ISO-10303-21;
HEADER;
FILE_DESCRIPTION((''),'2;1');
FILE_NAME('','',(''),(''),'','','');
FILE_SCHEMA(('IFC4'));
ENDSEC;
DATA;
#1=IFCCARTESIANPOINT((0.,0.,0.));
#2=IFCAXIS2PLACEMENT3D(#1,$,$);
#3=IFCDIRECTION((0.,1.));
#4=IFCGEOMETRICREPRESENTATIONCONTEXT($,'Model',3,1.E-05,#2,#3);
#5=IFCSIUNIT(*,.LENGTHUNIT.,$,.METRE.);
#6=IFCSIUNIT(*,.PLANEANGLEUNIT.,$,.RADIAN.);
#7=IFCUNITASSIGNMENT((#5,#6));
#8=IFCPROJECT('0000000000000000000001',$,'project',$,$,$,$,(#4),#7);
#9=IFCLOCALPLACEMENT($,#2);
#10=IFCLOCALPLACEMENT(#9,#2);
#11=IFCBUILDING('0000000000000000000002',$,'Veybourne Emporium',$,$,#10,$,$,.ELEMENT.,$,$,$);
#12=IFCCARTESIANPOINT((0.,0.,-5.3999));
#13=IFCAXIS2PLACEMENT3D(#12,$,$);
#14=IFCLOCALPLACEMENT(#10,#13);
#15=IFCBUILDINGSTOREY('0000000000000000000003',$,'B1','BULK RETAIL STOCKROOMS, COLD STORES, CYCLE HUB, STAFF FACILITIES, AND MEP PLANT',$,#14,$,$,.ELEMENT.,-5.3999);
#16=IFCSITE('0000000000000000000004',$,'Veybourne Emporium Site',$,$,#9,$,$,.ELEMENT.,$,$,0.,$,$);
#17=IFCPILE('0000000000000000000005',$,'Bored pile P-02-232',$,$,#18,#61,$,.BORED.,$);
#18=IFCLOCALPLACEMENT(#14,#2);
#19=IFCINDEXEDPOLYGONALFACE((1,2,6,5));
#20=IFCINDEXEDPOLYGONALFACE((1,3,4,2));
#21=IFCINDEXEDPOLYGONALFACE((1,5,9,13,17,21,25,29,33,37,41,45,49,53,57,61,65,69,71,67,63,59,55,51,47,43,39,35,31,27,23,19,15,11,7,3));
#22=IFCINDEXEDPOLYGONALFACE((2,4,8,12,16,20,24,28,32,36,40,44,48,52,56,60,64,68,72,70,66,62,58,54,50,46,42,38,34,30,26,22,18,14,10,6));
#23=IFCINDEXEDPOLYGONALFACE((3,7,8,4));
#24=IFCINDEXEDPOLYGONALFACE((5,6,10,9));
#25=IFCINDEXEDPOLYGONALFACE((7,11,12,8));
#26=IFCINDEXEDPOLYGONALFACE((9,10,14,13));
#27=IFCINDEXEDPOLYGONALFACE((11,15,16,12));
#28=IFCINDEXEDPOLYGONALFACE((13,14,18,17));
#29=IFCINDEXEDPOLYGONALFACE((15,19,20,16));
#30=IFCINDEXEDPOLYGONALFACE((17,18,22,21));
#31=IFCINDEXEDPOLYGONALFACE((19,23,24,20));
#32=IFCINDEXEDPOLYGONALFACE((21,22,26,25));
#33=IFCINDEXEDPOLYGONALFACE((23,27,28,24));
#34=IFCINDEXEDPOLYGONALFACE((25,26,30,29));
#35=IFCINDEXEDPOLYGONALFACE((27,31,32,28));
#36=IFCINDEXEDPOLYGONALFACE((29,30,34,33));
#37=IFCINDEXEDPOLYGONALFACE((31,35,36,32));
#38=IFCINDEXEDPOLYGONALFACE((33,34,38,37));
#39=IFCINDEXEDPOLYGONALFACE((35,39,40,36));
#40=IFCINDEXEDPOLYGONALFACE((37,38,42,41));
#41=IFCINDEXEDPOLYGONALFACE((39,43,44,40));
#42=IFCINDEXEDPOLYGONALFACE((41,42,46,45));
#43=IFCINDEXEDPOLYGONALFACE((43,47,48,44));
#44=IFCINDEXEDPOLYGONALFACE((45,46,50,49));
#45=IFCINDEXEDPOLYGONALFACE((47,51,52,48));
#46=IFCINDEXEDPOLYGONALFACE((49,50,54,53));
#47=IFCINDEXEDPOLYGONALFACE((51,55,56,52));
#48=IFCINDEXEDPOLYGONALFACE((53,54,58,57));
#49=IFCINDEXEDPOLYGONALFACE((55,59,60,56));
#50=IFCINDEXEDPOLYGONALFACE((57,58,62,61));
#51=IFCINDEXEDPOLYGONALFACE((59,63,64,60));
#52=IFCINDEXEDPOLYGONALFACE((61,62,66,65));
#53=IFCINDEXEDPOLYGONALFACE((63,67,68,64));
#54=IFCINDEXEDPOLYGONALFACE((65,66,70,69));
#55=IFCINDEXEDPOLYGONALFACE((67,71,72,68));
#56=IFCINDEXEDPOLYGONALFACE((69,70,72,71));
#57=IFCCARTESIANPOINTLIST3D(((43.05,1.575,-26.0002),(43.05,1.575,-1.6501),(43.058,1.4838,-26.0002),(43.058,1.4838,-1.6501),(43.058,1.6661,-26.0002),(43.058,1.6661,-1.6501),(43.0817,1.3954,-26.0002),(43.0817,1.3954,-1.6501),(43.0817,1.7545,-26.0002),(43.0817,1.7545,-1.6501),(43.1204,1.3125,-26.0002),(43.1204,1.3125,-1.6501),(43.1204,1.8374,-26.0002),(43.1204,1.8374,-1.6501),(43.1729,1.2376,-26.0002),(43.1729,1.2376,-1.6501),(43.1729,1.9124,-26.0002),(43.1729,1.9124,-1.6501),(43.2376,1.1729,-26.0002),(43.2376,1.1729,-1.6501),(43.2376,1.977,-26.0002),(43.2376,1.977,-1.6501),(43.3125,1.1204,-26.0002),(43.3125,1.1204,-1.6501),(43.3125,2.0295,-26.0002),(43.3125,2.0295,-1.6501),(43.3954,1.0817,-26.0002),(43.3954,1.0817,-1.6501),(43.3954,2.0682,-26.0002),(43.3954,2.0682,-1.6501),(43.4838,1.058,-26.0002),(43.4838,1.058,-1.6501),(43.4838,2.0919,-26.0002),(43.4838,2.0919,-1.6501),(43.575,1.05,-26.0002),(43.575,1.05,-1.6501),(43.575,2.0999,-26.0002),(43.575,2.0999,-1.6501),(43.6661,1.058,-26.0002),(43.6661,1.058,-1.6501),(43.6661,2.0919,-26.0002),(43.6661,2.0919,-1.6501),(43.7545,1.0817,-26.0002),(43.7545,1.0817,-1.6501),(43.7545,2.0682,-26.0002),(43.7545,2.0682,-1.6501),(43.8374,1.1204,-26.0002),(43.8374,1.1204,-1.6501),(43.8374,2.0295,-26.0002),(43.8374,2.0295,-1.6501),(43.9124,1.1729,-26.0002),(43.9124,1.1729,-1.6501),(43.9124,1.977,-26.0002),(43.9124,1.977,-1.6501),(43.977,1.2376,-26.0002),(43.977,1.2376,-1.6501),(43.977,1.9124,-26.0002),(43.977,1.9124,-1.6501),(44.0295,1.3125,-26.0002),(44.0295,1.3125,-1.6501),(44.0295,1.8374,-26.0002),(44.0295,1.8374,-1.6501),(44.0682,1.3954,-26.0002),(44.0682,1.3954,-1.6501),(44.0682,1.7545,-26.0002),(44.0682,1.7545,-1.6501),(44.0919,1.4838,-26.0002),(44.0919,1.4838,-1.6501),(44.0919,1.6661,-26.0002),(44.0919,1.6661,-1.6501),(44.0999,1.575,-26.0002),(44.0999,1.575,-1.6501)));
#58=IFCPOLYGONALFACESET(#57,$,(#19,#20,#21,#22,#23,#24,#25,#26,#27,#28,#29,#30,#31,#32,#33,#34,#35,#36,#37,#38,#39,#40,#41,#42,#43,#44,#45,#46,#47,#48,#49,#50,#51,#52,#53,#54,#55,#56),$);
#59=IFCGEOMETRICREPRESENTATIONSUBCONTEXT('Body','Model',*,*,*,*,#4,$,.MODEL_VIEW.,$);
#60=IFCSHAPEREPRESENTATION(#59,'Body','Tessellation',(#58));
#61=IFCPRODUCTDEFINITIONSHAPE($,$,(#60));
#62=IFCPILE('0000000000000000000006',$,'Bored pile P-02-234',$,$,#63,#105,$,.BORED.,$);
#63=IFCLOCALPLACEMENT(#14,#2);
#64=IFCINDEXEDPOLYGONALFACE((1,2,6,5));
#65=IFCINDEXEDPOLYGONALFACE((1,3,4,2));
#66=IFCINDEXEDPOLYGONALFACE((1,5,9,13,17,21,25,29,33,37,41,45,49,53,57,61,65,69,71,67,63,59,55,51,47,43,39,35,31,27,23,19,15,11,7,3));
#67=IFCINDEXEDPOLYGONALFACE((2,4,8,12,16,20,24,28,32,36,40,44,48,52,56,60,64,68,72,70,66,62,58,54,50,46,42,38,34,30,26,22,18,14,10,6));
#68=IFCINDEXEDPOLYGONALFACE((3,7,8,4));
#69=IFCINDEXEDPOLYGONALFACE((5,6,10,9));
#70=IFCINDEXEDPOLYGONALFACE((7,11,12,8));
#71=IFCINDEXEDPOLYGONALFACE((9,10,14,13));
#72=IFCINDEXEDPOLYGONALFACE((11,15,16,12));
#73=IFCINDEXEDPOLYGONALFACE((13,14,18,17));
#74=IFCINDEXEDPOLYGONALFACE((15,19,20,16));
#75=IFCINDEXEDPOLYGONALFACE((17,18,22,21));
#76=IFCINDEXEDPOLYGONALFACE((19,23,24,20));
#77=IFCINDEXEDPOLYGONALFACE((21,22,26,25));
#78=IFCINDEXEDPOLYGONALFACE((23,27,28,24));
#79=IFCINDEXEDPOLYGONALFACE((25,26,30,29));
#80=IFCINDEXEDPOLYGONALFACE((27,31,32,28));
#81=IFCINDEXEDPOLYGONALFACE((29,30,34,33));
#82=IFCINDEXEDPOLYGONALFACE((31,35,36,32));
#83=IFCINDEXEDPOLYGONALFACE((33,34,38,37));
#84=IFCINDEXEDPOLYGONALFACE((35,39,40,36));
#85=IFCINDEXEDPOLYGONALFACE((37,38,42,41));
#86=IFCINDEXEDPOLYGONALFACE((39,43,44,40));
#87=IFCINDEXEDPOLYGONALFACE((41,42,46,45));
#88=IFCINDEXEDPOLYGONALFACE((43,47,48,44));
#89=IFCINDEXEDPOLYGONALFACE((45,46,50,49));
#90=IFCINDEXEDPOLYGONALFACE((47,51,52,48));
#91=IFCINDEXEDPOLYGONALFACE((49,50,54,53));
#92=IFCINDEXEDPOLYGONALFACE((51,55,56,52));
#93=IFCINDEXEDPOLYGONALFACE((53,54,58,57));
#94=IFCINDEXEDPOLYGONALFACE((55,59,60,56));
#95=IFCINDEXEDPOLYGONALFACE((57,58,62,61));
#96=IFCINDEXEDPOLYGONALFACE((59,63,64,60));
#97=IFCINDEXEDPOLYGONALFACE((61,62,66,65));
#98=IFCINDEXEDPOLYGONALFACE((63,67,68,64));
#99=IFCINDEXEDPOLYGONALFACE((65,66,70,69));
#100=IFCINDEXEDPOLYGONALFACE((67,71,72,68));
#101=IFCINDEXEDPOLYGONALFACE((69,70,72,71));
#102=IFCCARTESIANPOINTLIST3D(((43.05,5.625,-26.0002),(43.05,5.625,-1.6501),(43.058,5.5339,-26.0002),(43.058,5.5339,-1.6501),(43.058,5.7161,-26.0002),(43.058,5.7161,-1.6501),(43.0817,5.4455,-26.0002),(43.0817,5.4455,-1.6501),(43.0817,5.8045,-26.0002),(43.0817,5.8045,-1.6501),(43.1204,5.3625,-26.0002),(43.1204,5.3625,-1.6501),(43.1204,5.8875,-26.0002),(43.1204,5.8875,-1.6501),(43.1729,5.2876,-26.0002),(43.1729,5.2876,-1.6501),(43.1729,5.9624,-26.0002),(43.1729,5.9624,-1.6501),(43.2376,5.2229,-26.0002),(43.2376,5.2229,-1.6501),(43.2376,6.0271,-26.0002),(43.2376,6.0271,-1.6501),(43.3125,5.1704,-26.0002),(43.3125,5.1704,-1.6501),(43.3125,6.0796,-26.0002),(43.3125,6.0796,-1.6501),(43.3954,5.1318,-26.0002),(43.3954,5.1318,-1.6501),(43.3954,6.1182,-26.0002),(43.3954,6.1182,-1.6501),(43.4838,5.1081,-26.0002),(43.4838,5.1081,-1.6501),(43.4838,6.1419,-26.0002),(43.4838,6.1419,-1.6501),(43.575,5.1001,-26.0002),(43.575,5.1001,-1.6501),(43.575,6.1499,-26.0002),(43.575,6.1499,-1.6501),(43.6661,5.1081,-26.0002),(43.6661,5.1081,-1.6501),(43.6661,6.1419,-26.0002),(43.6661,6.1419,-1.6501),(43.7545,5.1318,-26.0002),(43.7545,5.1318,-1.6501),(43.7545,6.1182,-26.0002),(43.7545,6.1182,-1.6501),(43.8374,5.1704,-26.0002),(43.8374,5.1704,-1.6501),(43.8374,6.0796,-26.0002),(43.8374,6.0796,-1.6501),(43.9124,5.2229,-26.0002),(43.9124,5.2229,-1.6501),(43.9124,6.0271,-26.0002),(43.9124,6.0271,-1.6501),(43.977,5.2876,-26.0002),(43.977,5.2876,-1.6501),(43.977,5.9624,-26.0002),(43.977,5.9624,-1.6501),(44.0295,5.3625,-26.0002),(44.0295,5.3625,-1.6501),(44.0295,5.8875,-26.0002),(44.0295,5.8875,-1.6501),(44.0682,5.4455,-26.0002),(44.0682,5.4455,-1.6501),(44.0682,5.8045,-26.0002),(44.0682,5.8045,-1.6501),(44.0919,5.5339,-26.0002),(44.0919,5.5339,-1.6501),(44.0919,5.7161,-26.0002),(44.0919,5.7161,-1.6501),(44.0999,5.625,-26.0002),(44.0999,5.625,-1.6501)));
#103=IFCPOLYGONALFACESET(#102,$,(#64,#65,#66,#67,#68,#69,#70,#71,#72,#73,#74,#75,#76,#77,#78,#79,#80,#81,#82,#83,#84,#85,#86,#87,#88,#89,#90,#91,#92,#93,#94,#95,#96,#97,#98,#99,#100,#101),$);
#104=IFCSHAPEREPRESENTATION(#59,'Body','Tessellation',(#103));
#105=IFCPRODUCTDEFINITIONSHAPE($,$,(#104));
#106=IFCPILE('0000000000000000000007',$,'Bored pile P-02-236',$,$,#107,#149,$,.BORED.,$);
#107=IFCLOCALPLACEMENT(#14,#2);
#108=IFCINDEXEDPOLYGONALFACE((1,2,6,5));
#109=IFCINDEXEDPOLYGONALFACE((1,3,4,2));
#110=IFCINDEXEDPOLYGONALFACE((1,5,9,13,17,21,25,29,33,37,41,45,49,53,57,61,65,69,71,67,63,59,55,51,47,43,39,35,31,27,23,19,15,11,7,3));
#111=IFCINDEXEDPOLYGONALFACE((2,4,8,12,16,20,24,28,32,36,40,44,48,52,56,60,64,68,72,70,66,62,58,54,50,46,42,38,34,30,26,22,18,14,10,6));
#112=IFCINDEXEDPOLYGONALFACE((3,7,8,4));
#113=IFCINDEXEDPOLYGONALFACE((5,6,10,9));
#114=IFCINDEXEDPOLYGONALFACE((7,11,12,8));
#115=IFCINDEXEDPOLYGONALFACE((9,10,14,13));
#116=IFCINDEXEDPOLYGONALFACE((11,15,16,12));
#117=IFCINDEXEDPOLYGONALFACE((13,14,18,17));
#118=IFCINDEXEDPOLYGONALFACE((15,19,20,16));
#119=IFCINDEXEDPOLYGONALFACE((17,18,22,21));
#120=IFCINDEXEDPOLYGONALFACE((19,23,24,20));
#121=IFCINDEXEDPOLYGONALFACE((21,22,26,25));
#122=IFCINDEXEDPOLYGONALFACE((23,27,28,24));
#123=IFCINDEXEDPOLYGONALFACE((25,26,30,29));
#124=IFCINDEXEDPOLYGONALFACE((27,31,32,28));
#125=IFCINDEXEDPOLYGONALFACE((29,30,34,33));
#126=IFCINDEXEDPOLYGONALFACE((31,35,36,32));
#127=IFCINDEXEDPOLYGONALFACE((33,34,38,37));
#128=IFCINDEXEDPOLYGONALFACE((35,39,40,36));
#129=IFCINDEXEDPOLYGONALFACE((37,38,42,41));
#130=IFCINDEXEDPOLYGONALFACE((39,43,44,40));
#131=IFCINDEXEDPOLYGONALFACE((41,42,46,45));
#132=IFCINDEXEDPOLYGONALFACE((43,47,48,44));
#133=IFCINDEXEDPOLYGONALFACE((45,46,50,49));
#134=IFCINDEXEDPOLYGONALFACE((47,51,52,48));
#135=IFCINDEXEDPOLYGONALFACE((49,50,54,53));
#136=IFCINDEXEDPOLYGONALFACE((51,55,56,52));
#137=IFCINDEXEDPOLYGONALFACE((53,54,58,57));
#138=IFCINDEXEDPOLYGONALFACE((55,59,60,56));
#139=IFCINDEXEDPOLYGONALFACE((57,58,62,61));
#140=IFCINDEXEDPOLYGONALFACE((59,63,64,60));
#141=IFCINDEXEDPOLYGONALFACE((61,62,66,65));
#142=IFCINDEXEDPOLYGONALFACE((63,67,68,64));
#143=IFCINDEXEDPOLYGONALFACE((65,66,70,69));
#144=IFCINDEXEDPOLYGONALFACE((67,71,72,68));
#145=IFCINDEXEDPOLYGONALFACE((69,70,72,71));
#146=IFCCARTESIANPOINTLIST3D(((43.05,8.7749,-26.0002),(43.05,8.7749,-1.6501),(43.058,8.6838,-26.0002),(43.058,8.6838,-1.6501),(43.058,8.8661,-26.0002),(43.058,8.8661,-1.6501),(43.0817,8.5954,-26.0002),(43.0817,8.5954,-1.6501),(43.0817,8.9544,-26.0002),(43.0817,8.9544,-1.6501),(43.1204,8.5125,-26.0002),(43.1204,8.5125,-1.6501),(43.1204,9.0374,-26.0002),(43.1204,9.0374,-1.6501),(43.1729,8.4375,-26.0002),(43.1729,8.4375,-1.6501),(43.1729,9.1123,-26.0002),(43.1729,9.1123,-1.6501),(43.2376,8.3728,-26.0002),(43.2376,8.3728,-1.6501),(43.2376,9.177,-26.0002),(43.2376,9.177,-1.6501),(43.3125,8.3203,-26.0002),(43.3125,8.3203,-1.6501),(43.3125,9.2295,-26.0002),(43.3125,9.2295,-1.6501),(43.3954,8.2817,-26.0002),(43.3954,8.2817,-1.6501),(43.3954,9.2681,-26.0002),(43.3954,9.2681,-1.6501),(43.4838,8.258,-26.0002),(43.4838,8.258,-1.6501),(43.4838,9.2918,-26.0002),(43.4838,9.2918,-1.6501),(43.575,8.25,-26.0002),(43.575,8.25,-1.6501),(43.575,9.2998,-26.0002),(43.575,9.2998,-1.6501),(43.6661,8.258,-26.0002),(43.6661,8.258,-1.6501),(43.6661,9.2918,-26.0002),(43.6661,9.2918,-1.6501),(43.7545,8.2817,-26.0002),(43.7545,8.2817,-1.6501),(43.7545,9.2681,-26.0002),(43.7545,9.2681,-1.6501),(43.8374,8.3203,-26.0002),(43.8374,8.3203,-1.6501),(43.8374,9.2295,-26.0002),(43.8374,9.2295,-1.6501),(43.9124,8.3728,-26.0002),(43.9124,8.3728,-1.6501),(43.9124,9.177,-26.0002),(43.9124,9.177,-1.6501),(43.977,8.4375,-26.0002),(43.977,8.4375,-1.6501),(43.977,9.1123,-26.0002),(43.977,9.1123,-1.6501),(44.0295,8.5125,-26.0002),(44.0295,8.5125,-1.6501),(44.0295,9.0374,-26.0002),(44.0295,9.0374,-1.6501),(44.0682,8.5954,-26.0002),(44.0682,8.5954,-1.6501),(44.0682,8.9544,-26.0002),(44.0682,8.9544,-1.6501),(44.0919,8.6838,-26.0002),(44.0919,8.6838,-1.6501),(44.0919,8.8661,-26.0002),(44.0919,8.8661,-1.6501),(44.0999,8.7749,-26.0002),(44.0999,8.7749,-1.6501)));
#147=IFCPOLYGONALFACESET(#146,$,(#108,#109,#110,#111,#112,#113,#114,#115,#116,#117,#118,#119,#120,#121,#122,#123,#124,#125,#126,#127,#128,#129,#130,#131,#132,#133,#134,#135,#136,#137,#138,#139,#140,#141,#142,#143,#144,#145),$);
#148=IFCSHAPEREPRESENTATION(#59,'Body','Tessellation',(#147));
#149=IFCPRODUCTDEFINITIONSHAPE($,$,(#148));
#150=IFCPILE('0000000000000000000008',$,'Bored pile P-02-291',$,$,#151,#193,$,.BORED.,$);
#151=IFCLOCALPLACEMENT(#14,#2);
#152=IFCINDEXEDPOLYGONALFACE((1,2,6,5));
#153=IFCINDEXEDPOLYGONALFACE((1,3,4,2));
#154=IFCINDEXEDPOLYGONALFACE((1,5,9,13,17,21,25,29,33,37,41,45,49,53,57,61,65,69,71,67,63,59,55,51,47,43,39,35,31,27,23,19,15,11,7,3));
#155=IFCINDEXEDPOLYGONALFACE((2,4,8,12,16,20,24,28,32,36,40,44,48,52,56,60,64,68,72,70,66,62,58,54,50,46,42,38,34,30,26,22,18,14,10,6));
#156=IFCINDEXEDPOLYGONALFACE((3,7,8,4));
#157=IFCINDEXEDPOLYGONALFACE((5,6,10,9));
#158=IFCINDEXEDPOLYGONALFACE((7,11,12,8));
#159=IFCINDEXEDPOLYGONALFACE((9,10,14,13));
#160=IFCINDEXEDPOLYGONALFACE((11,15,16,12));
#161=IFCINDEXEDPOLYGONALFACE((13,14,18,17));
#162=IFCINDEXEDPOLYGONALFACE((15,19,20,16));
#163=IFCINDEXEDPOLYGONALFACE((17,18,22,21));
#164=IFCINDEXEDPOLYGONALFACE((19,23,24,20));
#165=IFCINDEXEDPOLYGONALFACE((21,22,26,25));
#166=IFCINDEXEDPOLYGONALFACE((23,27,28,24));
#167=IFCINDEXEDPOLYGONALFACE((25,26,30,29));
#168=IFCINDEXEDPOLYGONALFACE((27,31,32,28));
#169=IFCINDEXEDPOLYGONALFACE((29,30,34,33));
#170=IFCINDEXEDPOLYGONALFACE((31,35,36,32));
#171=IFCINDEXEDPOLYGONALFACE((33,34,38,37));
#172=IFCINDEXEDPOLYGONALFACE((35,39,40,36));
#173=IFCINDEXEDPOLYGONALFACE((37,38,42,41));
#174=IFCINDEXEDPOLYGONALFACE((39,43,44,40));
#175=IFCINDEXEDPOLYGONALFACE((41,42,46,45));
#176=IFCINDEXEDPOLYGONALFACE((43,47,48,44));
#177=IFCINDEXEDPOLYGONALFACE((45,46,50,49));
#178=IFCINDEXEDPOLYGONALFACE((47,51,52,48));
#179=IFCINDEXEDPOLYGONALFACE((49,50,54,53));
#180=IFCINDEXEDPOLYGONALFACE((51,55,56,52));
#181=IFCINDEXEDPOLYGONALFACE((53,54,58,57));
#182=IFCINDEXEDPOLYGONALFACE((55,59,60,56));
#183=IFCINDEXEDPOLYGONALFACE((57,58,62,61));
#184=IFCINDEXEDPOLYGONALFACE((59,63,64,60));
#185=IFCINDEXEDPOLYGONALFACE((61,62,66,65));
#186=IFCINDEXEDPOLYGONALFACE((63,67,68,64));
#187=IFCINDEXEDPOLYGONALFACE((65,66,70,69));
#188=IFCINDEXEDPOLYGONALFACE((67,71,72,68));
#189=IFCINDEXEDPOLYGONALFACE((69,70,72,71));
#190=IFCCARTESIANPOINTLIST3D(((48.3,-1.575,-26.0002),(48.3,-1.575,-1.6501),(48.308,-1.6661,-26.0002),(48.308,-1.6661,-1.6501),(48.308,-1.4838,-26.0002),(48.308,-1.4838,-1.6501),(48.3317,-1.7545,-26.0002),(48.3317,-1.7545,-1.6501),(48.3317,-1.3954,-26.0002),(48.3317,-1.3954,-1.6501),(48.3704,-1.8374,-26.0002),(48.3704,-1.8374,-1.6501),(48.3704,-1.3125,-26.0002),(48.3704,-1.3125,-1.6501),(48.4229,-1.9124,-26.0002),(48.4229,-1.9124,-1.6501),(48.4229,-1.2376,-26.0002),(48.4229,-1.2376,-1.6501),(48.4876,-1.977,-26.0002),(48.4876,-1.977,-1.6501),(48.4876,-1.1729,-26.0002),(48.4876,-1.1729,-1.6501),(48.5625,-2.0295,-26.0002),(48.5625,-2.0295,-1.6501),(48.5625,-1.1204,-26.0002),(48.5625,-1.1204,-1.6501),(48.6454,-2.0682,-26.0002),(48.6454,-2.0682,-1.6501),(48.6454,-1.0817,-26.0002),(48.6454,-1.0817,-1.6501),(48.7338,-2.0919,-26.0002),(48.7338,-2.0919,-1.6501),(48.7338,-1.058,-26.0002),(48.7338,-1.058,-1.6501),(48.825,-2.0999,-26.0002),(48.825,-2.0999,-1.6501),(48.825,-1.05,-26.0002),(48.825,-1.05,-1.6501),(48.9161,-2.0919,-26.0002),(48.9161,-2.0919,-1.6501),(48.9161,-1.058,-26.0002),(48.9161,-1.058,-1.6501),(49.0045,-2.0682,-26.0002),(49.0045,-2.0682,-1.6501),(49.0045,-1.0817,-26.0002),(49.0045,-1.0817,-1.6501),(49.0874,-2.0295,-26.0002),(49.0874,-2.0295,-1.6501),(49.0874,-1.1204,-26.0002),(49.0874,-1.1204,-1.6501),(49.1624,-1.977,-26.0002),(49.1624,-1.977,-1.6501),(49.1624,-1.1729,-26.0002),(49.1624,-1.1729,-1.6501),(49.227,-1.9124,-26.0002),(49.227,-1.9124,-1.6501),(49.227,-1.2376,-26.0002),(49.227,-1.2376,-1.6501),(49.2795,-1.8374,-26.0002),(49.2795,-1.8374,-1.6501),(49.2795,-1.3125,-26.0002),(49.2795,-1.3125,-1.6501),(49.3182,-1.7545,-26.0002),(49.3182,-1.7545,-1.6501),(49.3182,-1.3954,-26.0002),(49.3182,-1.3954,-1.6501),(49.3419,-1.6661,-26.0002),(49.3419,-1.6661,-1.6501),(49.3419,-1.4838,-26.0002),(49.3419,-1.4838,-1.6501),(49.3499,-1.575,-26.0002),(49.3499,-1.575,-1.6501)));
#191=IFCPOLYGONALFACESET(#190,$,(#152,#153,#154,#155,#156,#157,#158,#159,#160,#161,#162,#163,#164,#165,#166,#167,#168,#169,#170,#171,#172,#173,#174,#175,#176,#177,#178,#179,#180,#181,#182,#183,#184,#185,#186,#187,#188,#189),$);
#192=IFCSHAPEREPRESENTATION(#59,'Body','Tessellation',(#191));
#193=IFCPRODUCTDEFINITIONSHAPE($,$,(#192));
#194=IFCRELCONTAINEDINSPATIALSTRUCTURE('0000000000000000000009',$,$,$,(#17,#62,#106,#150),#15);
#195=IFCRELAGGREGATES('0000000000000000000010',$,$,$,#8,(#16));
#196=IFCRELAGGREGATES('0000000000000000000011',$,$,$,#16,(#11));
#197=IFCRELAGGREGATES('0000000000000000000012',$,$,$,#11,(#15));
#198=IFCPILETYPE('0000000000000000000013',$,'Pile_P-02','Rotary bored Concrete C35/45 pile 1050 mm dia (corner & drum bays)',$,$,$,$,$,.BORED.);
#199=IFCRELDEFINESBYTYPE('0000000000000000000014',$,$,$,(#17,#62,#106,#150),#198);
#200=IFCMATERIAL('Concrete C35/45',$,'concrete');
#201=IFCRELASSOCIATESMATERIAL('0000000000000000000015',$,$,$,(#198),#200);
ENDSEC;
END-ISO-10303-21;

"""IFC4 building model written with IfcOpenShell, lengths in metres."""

from ifc_helpers import new_model, si_unit, direction, frame, origin, origin_2d, place, context, subcontext, project, spatial, circle, extrude, material, material_profile, profile_set, type_object, element, save


model = new_model("IFC4")

# Units and contexts
model_context = context("Model", 3, precision=1e-05, world=origin(), true_north=direction((0.0, 1.0)))
body_context = subcontext(model_context, "Body", "Model", "MODEL_VIEW")
ifc_project = project(units=[si_unit("LENGTHUNIT", "METRE"), si_unit("PLANEANGLEUNIT", "RADIAN")], contexts=[model_context])

# Site, building, storey
site_placement = place(None, origin())
site = spatial("IfcSite", under=ifc_project, at=site_placement, Name="Veybourne Emporium Site", CompositionType="ELEMENT", RefElevation=0.0)
building_placement = place(site_placement, origin())
building = spatial("IfcBuilding", under=site, at=building_placement, Name="Veybourne Emporium", CompositionType="ELEMENT")
storey_placement = place(building_placement, frame((0.0, 0.0, -5.3999)))
storey = spatial("IfcBuildingStorey", under=building, at=storey_placement, Name="B1", Description="BULK RETAIL STOCKROOMS, COLD STORES, CYCLE HUB, STAFF FACILITIES, AND MEP PLANT", CompositionType="ELEMENT", Elevation=-5.3999)

# Shared definitions
ifc_material_1 = material(Name="Concrete C35/45", Category="concrete")

# Piles
ifc_material_profile_1 = material_profile(ifc_material_1, circle(Radius=0.5249, at=origin_2d()), Name="BORED PILE 1050")
ifc_profile_set_1 = profile_set([ifc_material_profile_1], Name="Concrete C35/45")
pile_type_1 = type_object("IfcPileType", Name="Pile_P-02", Description="Rotary bored Concrete C35/45 pile 1050 mm dia (corner & drum bays)", PredefinedType="BORED", material=ifc_profile_set_1)
for number, where, z_axis, x_axis, name in (
    (1, (43.575, 1.575, -1.6501), (0.0, 0.0, -1.0), (1.0, 0.0, 0.0), "Bored pile P-02-232"),
    (2, (43.575, 5.625, -1.6501), (0.0, 0.0, -1.0), (1.0, 0.0, 0.0), "Bored pile P-02-234"),
    (3, (43.575, 8.7749, -1.6501), (0.0, 0.0, -1.0), (1.0, 0.0, 0.0), "Bored pile P-02-236"),
    (4, (48.825, -1.575, -1.6501), (0.0, 0.0, -1.0), (1.0, 0.0, 0.0), "Bored pile P-02-291"),
):
    element("IfcPile", number, at=place(storey_placement, frame(where, z_axis=z_axis, x_axis=x_axis)), inside=storey, type_object=pile_type_1, Name=name, PredefinedType="BORED", context=body_context, shape_type="SweptSolid", body=[
        extrude(circle(Radius=0.5249, at=origin_2d()), origin(), (0.0, 0.0, 1.0), 24.3501),
    ])

save(model, "model.ifc")
